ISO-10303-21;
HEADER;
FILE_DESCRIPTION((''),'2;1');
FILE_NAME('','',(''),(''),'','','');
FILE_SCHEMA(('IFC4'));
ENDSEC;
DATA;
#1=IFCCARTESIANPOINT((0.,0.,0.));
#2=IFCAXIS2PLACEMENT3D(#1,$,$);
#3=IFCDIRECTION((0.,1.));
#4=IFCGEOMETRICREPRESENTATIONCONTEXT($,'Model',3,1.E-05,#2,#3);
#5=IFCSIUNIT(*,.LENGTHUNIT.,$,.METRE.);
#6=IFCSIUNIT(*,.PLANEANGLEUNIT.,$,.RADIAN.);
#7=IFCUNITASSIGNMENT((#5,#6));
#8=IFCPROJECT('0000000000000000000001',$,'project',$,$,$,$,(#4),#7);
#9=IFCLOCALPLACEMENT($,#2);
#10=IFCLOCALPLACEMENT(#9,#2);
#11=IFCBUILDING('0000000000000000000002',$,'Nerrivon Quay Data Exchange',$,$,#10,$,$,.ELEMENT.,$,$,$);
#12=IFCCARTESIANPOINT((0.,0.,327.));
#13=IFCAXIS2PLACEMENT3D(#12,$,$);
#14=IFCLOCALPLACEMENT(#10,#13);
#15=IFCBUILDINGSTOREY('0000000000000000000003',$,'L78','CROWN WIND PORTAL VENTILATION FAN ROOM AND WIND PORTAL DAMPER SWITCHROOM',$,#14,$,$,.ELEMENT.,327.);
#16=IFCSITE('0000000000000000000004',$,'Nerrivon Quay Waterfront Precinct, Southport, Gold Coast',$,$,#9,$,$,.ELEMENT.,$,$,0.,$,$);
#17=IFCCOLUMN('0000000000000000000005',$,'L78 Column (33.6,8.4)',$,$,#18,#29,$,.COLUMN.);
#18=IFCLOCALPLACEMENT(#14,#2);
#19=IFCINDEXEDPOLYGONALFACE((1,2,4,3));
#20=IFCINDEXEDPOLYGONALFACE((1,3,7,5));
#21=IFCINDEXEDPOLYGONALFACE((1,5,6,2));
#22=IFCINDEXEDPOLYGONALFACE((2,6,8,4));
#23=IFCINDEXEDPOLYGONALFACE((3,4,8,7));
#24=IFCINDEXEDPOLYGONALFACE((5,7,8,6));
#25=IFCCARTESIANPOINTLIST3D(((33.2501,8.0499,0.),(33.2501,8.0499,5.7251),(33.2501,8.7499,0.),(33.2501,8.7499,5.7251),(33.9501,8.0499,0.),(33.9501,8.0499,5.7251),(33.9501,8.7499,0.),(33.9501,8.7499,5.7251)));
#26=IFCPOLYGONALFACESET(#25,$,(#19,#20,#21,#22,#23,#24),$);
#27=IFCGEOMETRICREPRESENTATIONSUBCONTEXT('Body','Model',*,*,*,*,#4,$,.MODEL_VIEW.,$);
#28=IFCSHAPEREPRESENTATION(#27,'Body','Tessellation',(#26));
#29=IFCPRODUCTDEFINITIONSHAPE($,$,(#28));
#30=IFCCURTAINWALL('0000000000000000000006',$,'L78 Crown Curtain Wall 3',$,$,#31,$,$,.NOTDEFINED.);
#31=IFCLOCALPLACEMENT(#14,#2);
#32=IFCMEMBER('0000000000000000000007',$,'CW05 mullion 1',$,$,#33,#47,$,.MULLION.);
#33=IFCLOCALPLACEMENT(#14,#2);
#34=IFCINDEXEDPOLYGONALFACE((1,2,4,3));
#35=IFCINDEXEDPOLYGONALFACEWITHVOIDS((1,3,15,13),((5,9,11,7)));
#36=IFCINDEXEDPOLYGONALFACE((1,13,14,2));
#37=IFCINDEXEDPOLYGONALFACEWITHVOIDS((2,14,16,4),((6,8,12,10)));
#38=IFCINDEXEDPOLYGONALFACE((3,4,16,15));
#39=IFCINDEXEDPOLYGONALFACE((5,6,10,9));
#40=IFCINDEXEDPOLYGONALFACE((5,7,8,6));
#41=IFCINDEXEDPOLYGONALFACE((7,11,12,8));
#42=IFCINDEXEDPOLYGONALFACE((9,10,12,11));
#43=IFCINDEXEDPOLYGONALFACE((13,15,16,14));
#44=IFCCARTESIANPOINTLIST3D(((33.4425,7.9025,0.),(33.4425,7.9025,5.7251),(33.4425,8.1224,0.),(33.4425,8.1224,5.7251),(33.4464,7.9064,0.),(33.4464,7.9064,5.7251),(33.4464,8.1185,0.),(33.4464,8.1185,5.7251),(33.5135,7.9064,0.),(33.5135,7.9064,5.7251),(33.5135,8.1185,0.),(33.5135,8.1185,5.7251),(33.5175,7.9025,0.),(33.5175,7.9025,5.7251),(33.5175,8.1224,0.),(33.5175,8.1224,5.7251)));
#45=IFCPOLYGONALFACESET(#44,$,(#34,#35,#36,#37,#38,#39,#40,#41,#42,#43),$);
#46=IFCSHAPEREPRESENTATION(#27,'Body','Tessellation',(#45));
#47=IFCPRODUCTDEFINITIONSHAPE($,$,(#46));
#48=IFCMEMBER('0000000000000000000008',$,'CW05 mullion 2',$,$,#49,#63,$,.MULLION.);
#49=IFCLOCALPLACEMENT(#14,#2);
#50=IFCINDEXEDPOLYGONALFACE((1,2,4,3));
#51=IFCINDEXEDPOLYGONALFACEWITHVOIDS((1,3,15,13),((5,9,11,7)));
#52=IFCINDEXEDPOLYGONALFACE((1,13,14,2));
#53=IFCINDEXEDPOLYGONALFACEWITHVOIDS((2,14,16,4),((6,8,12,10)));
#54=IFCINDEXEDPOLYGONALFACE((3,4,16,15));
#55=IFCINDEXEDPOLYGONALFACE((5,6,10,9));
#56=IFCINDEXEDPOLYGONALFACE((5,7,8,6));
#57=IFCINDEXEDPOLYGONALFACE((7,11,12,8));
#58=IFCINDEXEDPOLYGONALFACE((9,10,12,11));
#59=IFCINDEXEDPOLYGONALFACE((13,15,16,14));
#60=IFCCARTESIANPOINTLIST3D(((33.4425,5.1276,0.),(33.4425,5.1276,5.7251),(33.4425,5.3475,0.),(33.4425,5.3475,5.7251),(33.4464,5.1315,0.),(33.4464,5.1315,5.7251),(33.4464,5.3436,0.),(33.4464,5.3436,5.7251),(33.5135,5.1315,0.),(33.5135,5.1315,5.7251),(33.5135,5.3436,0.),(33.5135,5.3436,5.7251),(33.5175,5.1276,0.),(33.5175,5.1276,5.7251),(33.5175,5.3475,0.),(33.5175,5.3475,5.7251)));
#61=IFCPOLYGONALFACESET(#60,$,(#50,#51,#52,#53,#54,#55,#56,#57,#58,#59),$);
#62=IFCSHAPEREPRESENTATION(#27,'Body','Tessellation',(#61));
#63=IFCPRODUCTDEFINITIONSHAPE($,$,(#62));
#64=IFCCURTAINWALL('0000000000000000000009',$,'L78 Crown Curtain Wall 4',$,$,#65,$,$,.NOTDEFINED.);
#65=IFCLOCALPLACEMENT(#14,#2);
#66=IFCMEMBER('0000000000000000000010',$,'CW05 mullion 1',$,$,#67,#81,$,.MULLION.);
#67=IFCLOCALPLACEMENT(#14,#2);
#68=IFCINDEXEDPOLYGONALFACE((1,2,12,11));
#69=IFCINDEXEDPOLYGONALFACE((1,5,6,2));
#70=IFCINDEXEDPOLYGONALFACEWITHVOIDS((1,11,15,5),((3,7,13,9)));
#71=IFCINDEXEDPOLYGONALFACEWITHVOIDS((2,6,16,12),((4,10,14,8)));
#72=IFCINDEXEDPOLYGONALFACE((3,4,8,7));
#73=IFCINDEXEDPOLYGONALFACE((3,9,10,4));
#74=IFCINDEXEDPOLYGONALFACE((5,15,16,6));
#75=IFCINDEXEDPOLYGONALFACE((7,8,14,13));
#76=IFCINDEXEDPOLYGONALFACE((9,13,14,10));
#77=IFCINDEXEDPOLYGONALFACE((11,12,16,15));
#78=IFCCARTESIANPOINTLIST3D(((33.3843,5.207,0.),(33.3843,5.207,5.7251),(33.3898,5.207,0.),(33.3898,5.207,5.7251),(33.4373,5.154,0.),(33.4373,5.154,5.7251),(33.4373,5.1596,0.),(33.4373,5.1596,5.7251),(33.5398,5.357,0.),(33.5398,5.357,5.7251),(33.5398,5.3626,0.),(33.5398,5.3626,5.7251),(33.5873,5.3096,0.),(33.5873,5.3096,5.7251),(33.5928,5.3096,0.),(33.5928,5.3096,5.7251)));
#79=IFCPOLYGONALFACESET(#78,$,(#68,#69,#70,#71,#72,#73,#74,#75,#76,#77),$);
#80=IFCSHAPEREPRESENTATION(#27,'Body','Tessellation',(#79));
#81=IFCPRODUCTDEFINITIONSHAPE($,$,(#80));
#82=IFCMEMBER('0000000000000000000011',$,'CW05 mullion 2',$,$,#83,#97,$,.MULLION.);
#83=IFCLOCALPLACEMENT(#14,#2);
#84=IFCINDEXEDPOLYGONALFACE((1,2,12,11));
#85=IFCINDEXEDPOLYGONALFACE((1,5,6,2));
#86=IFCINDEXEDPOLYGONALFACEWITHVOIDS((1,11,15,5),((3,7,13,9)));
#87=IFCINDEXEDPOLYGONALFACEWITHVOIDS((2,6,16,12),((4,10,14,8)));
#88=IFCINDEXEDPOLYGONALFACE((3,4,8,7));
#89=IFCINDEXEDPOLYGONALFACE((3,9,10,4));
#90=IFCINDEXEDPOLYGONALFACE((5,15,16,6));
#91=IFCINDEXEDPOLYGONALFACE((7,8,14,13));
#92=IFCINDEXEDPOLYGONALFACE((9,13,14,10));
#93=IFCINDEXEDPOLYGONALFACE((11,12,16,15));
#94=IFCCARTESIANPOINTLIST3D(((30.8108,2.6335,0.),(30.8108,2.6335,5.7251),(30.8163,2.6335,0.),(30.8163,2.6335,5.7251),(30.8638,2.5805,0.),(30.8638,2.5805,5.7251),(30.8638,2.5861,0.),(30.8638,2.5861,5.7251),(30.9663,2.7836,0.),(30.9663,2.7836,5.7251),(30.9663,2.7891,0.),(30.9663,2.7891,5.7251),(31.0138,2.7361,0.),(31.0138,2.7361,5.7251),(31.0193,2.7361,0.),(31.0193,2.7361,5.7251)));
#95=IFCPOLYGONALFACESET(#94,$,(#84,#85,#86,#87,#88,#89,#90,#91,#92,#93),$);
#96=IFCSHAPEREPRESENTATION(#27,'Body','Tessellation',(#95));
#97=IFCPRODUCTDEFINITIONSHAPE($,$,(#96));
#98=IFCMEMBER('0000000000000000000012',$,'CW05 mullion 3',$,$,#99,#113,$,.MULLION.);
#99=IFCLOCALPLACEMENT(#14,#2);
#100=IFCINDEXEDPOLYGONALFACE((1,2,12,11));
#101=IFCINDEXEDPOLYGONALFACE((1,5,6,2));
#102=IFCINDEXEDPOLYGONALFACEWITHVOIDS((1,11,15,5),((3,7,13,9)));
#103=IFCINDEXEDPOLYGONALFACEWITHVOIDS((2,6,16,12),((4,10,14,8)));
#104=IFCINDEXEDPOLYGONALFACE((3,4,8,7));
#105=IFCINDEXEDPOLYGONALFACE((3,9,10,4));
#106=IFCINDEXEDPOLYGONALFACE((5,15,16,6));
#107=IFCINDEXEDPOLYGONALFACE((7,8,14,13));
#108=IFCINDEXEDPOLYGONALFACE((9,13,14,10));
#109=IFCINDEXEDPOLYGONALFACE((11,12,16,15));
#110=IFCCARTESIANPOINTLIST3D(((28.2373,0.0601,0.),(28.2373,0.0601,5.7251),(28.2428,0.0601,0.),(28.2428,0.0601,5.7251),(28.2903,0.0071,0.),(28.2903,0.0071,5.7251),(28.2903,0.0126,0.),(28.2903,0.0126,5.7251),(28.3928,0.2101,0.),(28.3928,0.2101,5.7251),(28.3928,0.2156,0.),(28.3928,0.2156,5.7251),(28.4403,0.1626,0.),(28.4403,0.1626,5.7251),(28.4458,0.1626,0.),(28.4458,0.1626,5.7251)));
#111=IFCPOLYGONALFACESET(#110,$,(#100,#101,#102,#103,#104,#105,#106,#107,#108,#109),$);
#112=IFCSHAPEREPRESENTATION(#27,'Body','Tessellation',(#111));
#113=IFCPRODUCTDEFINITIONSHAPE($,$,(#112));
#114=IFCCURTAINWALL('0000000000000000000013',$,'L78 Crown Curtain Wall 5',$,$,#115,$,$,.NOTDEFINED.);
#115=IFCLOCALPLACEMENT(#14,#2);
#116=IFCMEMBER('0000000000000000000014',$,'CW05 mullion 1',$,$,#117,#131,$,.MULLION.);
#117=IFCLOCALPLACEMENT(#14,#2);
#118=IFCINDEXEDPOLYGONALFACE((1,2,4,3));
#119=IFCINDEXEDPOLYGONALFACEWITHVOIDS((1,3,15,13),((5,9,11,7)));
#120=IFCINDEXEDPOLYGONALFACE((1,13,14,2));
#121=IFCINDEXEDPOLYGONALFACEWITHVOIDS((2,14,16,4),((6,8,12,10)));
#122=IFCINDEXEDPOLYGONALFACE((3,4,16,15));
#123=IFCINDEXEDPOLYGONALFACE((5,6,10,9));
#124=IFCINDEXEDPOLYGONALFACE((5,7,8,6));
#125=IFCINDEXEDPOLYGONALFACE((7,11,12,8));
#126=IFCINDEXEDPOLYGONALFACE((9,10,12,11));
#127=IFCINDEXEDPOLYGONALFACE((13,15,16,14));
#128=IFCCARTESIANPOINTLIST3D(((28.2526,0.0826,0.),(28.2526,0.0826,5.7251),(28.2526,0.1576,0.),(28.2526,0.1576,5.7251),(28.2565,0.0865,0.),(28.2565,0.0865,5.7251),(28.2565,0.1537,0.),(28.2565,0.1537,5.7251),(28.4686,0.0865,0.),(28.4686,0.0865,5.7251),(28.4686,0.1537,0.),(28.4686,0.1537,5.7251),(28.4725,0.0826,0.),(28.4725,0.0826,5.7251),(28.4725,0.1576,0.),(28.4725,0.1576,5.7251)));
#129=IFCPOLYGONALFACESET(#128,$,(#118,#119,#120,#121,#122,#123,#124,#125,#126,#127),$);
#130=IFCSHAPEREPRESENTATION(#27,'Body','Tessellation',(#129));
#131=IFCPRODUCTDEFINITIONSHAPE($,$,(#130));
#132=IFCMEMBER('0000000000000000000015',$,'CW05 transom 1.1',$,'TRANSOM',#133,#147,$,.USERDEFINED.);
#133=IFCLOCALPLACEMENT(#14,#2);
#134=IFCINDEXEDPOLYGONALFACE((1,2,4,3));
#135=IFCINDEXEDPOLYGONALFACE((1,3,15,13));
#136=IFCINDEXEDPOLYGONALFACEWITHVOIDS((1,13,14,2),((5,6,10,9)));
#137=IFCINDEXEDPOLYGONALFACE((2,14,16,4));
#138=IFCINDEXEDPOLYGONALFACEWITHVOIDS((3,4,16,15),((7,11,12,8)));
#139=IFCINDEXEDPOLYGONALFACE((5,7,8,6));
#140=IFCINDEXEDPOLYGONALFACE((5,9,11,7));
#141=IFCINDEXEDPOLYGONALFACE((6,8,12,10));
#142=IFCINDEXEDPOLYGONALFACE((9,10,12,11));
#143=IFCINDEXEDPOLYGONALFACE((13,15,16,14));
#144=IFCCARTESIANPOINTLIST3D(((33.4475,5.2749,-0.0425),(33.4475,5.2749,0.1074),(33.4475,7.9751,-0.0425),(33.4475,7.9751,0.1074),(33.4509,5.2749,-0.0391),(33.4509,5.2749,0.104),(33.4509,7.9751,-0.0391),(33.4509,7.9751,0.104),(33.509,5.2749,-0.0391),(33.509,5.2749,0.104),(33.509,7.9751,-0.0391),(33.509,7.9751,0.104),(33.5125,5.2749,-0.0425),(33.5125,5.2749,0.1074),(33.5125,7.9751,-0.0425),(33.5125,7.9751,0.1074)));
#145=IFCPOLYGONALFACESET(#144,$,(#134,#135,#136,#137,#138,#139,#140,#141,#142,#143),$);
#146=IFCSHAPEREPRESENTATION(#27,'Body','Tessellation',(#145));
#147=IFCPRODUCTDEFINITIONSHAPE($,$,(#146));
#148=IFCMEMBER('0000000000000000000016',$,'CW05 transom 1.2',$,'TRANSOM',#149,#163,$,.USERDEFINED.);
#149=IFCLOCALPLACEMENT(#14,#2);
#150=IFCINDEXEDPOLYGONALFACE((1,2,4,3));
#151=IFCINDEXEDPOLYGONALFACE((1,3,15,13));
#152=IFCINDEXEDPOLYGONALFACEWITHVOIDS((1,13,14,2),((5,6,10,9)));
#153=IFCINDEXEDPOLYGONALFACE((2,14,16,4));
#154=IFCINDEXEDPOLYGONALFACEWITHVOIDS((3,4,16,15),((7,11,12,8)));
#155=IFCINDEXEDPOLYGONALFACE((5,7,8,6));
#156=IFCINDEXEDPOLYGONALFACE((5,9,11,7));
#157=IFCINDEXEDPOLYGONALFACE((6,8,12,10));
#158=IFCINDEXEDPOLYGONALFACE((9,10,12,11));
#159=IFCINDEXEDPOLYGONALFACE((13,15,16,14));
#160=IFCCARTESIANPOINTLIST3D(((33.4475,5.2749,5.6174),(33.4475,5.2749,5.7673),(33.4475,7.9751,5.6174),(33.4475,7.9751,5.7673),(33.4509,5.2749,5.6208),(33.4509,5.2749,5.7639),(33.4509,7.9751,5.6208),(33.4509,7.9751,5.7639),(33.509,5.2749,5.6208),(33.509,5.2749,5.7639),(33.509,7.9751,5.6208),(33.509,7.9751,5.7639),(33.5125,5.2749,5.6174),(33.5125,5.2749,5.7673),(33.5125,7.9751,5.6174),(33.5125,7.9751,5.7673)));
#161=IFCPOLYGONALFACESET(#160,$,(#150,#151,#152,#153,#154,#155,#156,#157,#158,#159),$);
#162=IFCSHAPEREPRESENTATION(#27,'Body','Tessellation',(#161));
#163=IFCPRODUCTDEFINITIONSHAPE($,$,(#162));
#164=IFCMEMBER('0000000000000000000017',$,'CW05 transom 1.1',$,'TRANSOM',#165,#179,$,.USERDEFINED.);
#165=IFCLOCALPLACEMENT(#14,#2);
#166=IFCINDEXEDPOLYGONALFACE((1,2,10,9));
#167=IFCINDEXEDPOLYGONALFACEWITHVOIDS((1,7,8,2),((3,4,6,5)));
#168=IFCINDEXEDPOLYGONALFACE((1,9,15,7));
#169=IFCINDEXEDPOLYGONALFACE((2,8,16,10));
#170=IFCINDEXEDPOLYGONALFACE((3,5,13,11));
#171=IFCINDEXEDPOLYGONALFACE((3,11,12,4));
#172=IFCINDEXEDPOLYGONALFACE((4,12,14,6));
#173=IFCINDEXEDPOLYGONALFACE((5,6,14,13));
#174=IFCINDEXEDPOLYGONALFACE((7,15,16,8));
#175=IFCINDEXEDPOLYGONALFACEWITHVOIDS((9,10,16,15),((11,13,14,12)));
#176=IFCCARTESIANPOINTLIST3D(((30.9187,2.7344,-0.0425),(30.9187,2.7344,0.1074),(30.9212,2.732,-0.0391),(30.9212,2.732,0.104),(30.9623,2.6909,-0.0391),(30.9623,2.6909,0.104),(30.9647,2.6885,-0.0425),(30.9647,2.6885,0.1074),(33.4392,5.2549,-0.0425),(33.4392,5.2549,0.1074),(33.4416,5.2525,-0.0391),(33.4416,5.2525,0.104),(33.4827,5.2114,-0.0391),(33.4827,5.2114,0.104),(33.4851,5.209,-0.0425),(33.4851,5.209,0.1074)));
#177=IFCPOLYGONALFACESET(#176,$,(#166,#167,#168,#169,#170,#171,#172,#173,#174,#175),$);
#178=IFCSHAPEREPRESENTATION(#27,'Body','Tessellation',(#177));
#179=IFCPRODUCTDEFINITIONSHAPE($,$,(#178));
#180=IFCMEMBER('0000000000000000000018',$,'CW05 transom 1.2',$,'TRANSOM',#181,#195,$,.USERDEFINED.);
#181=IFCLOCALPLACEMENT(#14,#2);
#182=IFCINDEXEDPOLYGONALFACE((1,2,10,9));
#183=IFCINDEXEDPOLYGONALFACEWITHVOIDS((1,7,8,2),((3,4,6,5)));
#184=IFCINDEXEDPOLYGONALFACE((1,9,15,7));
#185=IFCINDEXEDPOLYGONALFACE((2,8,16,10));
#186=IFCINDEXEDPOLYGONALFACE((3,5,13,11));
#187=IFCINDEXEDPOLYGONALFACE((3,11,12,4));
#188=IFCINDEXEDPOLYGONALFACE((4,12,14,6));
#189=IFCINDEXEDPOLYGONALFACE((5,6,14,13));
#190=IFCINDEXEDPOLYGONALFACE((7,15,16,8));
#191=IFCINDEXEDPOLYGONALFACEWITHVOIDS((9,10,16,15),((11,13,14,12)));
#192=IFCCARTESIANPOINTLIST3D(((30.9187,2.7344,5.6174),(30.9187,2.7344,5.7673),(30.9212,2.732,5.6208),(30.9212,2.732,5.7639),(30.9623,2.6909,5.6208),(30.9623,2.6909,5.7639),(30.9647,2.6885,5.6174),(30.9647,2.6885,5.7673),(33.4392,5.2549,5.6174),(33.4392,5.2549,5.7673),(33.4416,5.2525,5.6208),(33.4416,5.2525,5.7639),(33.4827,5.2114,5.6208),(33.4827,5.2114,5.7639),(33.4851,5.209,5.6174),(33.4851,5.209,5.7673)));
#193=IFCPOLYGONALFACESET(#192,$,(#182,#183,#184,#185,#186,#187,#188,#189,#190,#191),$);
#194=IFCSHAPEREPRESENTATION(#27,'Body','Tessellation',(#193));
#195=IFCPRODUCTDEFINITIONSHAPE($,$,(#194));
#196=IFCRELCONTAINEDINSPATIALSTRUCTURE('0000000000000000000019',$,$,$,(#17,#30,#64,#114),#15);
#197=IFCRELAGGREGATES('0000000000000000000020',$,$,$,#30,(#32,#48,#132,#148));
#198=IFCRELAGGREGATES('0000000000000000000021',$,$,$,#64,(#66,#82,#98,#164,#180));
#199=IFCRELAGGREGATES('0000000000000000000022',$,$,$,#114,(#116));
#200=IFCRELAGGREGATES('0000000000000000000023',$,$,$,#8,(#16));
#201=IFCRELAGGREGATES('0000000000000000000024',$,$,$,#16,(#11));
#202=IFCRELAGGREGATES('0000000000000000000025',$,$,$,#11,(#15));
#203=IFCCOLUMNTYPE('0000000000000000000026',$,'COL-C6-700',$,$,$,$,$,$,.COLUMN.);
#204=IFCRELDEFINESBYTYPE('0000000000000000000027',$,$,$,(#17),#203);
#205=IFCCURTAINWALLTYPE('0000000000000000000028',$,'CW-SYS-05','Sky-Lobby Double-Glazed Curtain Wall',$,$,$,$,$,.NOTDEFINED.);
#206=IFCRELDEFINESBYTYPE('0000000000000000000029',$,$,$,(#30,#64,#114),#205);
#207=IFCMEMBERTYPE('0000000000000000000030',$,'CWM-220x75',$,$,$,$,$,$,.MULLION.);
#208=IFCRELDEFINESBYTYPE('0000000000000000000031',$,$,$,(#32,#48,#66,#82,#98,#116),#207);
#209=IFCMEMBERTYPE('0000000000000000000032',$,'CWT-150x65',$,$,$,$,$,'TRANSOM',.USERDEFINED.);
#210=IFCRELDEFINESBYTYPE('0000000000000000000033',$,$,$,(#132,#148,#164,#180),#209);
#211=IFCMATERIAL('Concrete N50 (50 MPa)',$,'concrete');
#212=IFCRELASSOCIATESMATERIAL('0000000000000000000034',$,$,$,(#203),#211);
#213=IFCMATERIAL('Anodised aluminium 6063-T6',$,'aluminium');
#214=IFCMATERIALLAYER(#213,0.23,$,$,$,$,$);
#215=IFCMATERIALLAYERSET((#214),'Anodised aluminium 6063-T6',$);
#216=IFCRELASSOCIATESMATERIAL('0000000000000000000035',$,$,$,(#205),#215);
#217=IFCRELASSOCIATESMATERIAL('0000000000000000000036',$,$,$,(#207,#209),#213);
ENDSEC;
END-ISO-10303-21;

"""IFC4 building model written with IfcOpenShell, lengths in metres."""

from ifc_helpers import new_model, si_unit, direction, frame, origin, origin_2d, place, context, subcontext, project, spatial, rectangle, hollow_rectangle, extrude, material, layer, layer_set, material_profile, profile_set, type_object, element, aggregate, save


model = new_model("IFC4")

# Units and contexts
model_context = context("Model", 3, precision=1e-05, world=origin(), true_north=direction((0.0, 1.0)))
body_context = subcontext(model_context, "Body", "Model", "MODEL_VIEW")
ifc_project = project(units=[si_unit("LENGTHUNIT", "METRE"), si_unit("PLANEANGLEUNIT", "RADIAN")], contexts=[model_context])

# Site, building, storey
site_placement = place(None, origin())
site = spatial("IfcSite", under=ifc_project, at=site_placement, Name="Nerrivon Quay Waterfront Precinct, Southport, Gold Coast", CompositionType="ELEMENT", RefElevation=0.0)
building_placement = place(site_placement, origin())
building = spatial("IfcBuilding", under=site, at=building_placement, Name="Nerrivon Quay Data Exchange", CompositionType="ELEMENT")
storey_placement = place(building_placement, frame((0.0, 0.0, 327.0)))
storey = spatial("IfcBuildingStorey", under=building, at=storey_placement, Name="L78", Description="CROWN WIND PORTAL VENTILATION FAN ROOM AND WIND PORTAL DAMPER SWITCHROOM", CompositionType="ELEMENT", Elevation=327.0)

# Column
ifc_material_1 = material(Name="Concrete N50 (50 MPa)", Category="concrete")
ifc_material_profile_1 = material_profile(ifc_material_1, rectangle(XDim=0.7, YDim=0.7, at=origin_2d()), Name="RC-COL-700x700")
ifc_profile_set_1 = profile_set([ifc_material_profile_1], Name="Concrete N50 (50 MPa)")
column_type = type_object("IfcColumnType", Name="COL-C6-700", PredefinedType="COLUMN", material=ifc_profile_set_1)
column_placement = place(storey_placement, frame((33.6001, 8.3999, 0.0), z_axis=(0.0, 0.0, 1.0), x_axis=(1.0, 0.0, 0.0)))
element("IfcColumn", 1, at=column_placement, inside=storey, type_object=column_type, Name="L78 Column (33.6,8.4)", PredefinedType="COLUMN", context=body_context, shape_type="SweptSolid", body=[
    extrude(rectangle(XDim=0.7, YDim=0.7, at=origin_2d()), origin(), (0.0, 0.0, 1.0), 5.7251),
])

# Curtain walls, members
ifc_material_2 = material(Name="Anodised aluminium 6063-T6", Category="aluminium")
ifc_layer_1 = layer(ifc_material_2, 0.23)
ifc_layer_set_1 = layer_set([ifc_layer_1], Name="Anodised aluminium 6063-T6")
curtain_wall_type = type_object("IfcCurtainWallType", Name="CW-SYS-05", Description="Sky-Lobby Double-Glazed Curtain Wall", PredefinedType="NOTDEFINED", material=ifc_layer_set_1)
curtain_wall_1_placement = place(storey_placement, origin())
curtain_wall_1 = element("IfcCurtainWall", 2, at=curtain_wall_1_placement, inside=storey, type_object=curtain_wall_type, Name="L78 Crown Curtain Wall 3", PredefinedType="NOTDEFINED")
ifc_material_profile_2 = material_profile(ifc_material_2, hollow_rectangle(XDim=0.075, YDim=0.22, WallThickness=0.0039, at=origin_2d()), Name="ALU-MULL-220x75")
ifc_profile_set_2 = profile_set([ifc_material_profile_2], Name="Anodised aluminium 6063-T6")
member_type_1 = type_object("IfcMemberType", Name="CWM-220x75", PredefinedType="MULLION", material=ifc_profile_set_2)
member_1_placement = place(storey_placement, frame((33.48, 8.0125, 0.0), z_axis=(0.0, 0.0, 1.0), x_axis=(1.0, 0.0, 0.0)))
member_1 = element("IfcMember", 3, at=member_1_placement, type_object=member_type_1, Name="CW05 mullion 1", PredefinedType="MULLION", context=body_context, shape_type="SweptSolid", body=[
    extrude(hollow_rectangle(XDim=0.075, YDim=0.22, WallThickness=0.0039, at=origin_2d()), origin(), (0.0, 0.0, 1.0), 5.7251),
])
member_2_placement = place(storey_placement, frame((33.48, 5.2375, 0.0), z_axis=(0.0, 0.0, 1.0), x_axis=(1.0, 0.0, 0.0)))
member_2 = element("IfcMember", 4, at=member_2_placement, type_object=member_type_1, Name="CW05 mullion 2", PredefinedType="MULLION", context=body_context, shape_type="SweptSolid", body=[
    extrude(hollow_rectangle(XDim=0.075, YDim=0.22, WallThickness=0.0039, at=origin_2d()), origin(), (0.0, 0.0, 1.0), 5.7251),
])
curtain_wall_2_placement = place(storey_placement, origin())
curtain_wall_2 = element("IfcCurtainWall", 5, at=curtain_wall_2_placement, inside=storey, type_object=curtain_wall_type, Name="L78 Crown Curtain Wall 4", PredefinedType="NOTDEFINED")
member_3_placement = place(storey_placement, frame((33.4885, 5.2583, 0.0), z_axis=(0.0, 0.0, 1.0), x_axis=(0.707107, -0.707107, 0.0)))
member_3 = element("IfcMember", 6, at=member_3_placement, type_object=member_type_1, Name="CW05 mullion 1", PredefinedType="MULLION", context=body_context, shape_type="SweptSolid", body=[
    extrude(hollow_rectangle(XDim=0.075, YDim=0.22, WallThickness=0.0039, at=origin_2d()), origin(), (0.0, 0.0, 1.0), 5.7251),
])
member_4_placement = place(storey_placement, frame((30.915, 2.6848, 0.0), z_axis=(0.0, 0.0, 1.0), x_axis=(0.707107, -0.707107, 0.0)))
member_4 = element("IfcMember", 7, at=member_4_placement, type_object=member_type_1, Name="CW05 mullion 2", PredefinedType="MULLION", context=body_context, shape_type="SweptSolid", body=[
    extrude(hollow_rectangle(XDim=0.075, YDim=0.22, WallThickness=0.0039, at=origin_2d()), origin(), (0.0, 0.0, 1.0), 5.7251),
])
member_5_placement = place(storey_placement, frame((28.3416, 0.1113, 0.0), z_axis=(0.0, 0.0, 1.0), x_axis=(0.707107, -0.707107, 0.0)))
member_5 = element("IfcMember", 8, at=member_5_placement, type_object=member_type_1, Name="CW05 mullion 3", PredefinedType="MULLION", context=body_context, shape_type="SweptSolid", body=[
    extrude(hollow_rectangle(XDim=0.075, YDim=0.22, WallThickness=0.0039, at=origin_2d()), origin(), (0.0, 0.0, 1.0), 5.7251),
])

# Curtain wall, member
curtain_wall_3_placement = place(storey_placement, origin())
curtain_wall_3 = element("IfcCurtainWall", 9, at=curtain_wall_3_placement, inside=storey, type_object=curtain_wall_type, Name="L78 Crown Curtain Wall 5", PredefinedType="NOTDEFINED")
member_6_placement = place(storey_placement, frame((28.3625, 0.1201, 0.0), z_axis=(0.0, 0.0, 1.0), x_axis=(0.0, -1.0, 0.0)))
member_6 = element("IfcMember", 10, at=member_6_placement, type_object=member_type_1, Name="CW05 mullion 1", PredefinedType="MULLION", context=body_context, shape_type="SweptSolid", body=[
    extrude(hollow_rectangle(XDim=0.075, YDim=0.22, WallThickness=0.0039, at=origin_2d()), origin(), (0.0, 0.0, 1.0), 5.7251),
])

# Members
ifc_material_profile_3 = material_profile(ifc_material_2, hollow_rectangle(XDim=0.0649, YDim=0.1499, WallThickness=0.0034, at=origin_2d()), Name="ALU-TRAN-150x65")
ifc_profile_set_3 = profile_set([ifc_material_profile_3], Name="Anodised aluminium 6063-T6")
member_type_2 = type_object("IfcMemberType", Name="CWT-150x65", ElementType="TRANSOM", PredefinedType="USERDEFINED", material=ifc_profile_set_3)
member_7_placement = place(storey_placement, frame((33.48, 7.9751, 0.0325), z_axis=(0.0, -1.0, 0.0), x_axis=(1.0, 0.0, 0.0)))
member_7 = element("IfcMember", 11, at=member_7_placement, type_object=member_type_2, Name="CW05 transom 1.1", ObjectType="TRANSOM", PredefinedType="USERDEFINED", context=body_context, shape_type="SweptSolid", body=[
    extrude(hollow_rectangle(XDim=0.0649, YDim=0.1499, WallThickness=0.0034, at=origin_2d()), origin(), (0.0, 0.0, 1.0), 2.7002),
])
member_8_placement = place(storey_placement, frame((33.48, 7.9751, 5.6924), z_axis=(0.0, -1.0, 0.0), x_axis=(1.0, 0.0, 0.0)))
member_8 = element("IfcMember", 12, at=member_8_placement, type_object=member_type_2, Name="CW05 transom 1.2", ObjectType="TRANSOM", PredefinedType="USERDEFINED", context=body_context, shape_type="SweptSolid", body=[
    extrude(hollow_rectangle(XDim=0.0649, YDim=0.1499, WallThickness=0.0034, at=origin_2d()), origin(), (0.0, 0.0, 1.0), 2.7002),
])
member_9_placement = place(storey_placement, frame((33.4622, 5.2319, 0.0325), z_axis=(-0.707107, -0.707107, 0.0), x_axis=(0.707107, -0.707107, 0.0)))
member_9 = element("IfcMember", 13, at=member_9_placement, type_object=member_type_2, Name="CW05 transom 1.1", ObjectType="TRANSOM", PredefinedType="USERDEFINED", context=body_context, shape_type="SweptSolid", body=[
    extrude(hollow_rectangle(XDim=0.0649, YDim=0.1499, WallThickness=0.0034, at=origin_2d()), origin(), (0.0, 0.0, 1.0), 3.5645),
])
member_10_placement = place(storey_placement, frame((33.4622, 5.2319, 5.6924), z_axis=(-0.707107, -0.707107, 0.0), x_axis=(0.707107, -0.707107, 0.0)))
member_10 = element("IfcMember", 14, at=member_10_placement, type_object=member_type_2, Name="CW05 transom 1.2", ObjectType="TRANSOM", PredefinedType="USERDEFINED", context=body_context, shape_type="SweptSolid", body=[
    extrude(hollow_rectangle(XDim=0.0649, YDim=0.1499, WallThickness=0.0034, at=origin_2d()), origin(), (0.0, 0.0, 1.0), 3.5645),
])

aggregate(curtain_wall_1, [member_1, member_2, member_7, member_8])
aggregate(curtain_wall_2, [member_3, member_4, member_5, member_9, member_10])
aggregate(curtain_wall_3, [member_6])

save(model, "model.ifc")
